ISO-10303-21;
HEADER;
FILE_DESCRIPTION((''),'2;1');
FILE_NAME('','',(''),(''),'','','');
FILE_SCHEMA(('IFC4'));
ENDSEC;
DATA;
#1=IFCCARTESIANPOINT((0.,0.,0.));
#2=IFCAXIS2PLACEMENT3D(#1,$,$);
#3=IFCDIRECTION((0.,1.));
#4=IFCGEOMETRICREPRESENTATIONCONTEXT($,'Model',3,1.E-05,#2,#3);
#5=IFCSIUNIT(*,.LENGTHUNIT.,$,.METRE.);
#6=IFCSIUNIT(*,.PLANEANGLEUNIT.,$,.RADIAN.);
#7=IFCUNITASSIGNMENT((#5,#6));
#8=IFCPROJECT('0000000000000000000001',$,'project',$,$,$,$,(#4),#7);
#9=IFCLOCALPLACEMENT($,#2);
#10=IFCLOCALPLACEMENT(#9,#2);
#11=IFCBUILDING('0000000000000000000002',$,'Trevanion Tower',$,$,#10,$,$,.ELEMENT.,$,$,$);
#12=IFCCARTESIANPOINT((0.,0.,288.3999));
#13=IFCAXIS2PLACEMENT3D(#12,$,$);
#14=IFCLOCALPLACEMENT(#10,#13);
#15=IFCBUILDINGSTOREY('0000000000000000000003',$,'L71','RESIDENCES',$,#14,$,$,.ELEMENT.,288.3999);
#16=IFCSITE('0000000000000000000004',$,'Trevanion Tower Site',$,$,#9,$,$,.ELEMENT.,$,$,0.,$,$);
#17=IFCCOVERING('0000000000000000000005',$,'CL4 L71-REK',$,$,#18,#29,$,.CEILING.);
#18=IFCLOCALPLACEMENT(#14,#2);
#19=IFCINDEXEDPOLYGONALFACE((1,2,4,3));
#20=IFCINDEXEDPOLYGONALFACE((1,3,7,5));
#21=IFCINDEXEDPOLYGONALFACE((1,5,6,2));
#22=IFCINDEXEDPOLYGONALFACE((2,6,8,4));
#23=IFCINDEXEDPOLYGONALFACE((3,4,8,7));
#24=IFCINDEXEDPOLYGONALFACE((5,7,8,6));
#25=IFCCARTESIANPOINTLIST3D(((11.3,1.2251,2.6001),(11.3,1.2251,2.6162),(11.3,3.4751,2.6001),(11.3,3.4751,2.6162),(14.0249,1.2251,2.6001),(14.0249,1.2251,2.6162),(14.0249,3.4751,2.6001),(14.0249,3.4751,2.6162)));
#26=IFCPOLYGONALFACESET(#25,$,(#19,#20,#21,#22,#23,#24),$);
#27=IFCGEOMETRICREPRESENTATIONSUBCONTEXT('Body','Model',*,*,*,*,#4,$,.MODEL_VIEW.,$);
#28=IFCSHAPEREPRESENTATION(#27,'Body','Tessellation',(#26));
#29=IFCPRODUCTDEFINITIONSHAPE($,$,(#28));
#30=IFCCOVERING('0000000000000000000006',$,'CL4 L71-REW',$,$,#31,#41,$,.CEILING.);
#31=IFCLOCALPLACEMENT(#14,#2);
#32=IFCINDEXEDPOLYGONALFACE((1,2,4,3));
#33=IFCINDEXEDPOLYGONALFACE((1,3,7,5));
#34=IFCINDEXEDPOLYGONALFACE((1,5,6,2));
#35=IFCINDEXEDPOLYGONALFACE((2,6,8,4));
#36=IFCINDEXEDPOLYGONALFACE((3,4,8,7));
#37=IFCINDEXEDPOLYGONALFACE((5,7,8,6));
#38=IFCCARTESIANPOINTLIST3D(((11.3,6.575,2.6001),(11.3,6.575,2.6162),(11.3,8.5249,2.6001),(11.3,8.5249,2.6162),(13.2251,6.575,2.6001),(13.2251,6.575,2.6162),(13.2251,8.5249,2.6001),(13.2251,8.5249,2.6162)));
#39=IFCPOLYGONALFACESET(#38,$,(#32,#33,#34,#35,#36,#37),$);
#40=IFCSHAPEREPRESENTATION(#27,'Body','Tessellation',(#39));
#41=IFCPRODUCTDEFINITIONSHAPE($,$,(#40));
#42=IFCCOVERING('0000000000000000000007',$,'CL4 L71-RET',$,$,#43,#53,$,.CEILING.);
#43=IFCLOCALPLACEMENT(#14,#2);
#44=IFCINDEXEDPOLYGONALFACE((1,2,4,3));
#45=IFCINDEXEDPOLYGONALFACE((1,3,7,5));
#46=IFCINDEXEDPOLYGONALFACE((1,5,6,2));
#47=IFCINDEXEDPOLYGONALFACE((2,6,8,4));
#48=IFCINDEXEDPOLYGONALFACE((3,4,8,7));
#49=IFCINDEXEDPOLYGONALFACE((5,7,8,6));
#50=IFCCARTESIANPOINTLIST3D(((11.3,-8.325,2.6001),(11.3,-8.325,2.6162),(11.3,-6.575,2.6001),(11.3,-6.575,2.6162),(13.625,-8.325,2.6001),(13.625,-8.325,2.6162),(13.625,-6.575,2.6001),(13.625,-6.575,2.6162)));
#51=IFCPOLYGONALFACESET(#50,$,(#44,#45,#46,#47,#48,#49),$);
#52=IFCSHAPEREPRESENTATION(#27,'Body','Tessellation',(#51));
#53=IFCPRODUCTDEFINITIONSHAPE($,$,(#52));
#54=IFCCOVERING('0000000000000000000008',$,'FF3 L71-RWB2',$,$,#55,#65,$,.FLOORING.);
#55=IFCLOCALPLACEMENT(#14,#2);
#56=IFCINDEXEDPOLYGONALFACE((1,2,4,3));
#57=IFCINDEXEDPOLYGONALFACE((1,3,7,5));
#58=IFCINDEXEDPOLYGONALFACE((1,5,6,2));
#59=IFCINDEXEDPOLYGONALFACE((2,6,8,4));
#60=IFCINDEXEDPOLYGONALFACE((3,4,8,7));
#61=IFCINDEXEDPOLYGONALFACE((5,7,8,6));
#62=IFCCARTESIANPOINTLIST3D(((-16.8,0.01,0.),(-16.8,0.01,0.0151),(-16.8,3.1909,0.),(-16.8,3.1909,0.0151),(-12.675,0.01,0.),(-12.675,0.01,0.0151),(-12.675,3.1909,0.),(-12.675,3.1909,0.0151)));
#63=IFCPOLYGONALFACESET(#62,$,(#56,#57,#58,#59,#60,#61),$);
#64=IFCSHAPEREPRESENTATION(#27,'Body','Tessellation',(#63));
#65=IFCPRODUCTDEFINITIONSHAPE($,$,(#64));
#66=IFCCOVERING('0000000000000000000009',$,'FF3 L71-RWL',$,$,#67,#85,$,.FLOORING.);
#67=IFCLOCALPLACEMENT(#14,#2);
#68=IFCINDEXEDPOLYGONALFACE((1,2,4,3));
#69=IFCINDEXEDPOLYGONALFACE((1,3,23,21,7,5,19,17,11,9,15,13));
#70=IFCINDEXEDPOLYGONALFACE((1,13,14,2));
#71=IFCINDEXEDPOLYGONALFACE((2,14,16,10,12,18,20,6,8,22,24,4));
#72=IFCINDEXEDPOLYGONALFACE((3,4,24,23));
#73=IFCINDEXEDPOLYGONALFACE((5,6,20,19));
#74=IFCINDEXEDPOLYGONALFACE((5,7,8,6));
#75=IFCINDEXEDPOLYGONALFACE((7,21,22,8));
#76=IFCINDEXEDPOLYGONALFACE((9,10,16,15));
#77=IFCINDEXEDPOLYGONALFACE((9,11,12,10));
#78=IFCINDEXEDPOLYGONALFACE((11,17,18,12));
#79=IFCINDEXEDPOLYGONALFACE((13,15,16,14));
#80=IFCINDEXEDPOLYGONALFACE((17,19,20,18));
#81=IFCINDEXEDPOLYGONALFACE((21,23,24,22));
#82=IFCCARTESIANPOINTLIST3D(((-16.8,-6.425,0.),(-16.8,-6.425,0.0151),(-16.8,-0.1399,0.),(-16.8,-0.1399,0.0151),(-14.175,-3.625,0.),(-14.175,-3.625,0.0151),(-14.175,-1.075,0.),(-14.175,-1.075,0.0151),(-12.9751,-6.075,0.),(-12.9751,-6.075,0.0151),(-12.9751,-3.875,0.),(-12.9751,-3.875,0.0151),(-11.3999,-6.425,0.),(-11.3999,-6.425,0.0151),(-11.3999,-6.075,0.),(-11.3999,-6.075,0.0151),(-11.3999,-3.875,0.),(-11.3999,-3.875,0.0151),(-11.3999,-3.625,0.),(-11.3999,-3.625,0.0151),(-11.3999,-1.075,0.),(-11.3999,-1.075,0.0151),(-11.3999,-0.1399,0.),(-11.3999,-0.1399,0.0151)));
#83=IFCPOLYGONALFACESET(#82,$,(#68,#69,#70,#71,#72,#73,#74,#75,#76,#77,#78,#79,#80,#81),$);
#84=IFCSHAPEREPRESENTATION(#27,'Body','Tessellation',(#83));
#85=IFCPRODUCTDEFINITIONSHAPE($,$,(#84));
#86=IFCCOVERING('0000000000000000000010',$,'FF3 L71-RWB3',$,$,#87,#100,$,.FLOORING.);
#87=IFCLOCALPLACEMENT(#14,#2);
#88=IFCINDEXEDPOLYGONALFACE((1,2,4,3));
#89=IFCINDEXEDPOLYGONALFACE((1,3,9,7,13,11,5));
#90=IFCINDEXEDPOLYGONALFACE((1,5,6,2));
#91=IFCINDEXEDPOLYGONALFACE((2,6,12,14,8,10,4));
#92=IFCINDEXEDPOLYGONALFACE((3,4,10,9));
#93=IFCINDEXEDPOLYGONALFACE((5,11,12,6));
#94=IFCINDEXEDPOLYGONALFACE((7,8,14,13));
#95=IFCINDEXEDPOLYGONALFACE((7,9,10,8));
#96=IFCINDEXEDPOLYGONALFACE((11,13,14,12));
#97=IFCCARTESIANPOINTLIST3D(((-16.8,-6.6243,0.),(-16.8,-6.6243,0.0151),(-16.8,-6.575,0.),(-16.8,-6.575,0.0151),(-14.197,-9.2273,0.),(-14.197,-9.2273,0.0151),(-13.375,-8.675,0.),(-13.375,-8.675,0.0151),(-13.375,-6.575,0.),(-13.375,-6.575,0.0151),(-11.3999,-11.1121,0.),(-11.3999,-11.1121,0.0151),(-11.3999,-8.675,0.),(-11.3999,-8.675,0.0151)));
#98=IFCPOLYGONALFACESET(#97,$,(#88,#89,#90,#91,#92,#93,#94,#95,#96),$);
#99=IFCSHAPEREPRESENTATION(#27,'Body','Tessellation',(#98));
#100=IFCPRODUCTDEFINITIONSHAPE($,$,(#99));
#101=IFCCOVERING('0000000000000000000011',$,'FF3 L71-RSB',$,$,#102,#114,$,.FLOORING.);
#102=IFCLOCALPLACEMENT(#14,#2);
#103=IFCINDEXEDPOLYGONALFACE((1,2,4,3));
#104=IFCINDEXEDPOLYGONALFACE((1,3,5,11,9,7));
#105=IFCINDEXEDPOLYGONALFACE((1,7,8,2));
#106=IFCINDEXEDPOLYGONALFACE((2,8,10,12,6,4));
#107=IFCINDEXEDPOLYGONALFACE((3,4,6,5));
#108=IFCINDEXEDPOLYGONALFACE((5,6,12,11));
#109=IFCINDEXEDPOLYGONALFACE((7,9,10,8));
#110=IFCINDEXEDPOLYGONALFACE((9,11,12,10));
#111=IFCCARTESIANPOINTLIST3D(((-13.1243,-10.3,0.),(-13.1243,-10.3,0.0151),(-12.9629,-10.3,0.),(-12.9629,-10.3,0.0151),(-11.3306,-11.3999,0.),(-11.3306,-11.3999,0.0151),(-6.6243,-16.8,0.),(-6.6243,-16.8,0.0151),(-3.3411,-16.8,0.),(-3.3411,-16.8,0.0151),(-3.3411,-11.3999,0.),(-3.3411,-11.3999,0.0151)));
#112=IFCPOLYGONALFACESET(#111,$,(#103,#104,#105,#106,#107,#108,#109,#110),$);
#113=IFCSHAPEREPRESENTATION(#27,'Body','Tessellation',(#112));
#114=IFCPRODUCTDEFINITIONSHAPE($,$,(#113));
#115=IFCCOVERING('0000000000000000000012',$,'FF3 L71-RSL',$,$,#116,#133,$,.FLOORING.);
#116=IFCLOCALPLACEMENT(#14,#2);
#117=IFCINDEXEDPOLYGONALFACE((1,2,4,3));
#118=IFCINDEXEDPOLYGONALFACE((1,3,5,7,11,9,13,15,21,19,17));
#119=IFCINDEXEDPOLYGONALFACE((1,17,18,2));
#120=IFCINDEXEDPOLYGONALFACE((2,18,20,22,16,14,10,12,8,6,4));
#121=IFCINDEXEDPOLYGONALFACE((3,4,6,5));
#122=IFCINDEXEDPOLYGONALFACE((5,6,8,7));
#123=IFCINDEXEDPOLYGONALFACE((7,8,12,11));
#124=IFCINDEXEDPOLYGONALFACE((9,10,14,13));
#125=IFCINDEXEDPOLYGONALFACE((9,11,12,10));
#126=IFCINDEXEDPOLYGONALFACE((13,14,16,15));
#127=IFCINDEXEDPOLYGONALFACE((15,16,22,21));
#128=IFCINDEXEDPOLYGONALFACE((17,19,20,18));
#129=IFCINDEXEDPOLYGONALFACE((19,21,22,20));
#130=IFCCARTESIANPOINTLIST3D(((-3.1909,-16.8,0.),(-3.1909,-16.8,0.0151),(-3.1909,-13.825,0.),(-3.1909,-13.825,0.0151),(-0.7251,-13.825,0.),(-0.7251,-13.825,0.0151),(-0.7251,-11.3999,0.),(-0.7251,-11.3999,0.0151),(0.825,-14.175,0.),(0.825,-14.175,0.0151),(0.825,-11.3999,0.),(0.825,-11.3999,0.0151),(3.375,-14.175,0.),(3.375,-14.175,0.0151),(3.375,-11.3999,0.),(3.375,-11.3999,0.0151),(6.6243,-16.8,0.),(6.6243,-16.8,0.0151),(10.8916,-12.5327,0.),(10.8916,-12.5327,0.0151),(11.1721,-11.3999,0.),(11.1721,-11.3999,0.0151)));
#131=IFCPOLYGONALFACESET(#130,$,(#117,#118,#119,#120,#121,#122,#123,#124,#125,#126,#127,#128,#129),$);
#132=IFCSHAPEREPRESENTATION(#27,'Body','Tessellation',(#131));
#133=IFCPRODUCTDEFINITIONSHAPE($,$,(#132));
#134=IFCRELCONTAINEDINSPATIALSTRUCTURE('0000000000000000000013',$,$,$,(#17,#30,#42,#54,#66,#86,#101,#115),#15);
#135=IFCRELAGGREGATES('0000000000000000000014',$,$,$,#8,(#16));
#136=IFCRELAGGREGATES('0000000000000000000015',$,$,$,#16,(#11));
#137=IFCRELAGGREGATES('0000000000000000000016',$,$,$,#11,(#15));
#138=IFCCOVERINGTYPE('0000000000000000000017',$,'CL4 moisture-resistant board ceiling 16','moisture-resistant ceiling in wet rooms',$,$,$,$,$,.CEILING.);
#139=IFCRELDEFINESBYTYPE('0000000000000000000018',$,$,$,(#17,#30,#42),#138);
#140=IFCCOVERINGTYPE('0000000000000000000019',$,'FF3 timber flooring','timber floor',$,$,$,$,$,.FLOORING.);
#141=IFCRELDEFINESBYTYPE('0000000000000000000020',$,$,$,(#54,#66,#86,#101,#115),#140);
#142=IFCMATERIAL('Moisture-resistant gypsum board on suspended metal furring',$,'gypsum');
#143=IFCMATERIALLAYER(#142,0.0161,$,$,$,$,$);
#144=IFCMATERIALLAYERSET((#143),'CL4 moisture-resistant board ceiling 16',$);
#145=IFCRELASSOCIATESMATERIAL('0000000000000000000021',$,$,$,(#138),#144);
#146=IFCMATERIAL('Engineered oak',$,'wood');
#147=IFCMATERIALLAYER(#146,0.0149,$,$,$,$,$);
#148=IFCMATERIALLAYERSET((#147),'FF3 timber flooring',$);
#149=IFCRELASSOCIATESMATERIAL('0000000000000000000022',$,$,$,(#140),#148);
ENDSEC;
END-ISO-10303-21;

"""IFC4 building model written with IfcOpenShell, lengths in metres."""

from ifc_helpers import new_model, si_unit, direction, frame, origin, place, context, subcontext, project, spatial, polyline, outline, extrude, material, layer, layer_set, type_object, element, save


model = new_model("IFC4")

# Units and contexts
model_context = context("Model", 3, precision=1e-05, world=origin(), true_north=direction((0.0, 1.0)))
body_context = subcontext(model_context, "Body", "Model", "MODEL_VIEW")
ifc_project = project(units=[si_unit("LENGTHUNIT", "METRE"), si_unit("PLANEANGLEUNIT", "RADIAN")], contexts=[model_context])

# Site, building, storey
site_placement = place(None, origin())
site = spatial("IfcSite", under=ifc_project, at=site_placement, Name="Trevanion Tower Site", CompositionType="ELEMENT", RefElevation=0.0)
building_placement = place(site_placement, origin())
building = spatial("IfcBuilding", under=site, at=building_placement, Name="Trevanion Tower", CompositionType="ELEMENT")
storey_placement = place(building_placement, frame((0.0, 0.0, 288.3999)))
storey = spatial("IfcBuildingStorey", under=building, at=storey_placement, Name="L71", Description="RESIDENCES", CompositionType="ELEMENT", Elevation=288.3999)

# Coverings
ifc_material_1 = material(Name="Moisture-resistant gypsum board on suspended metal furring", Category="gypsum")
ifc_layer_1 = layer(ifc_material_1, 0.0161)
ifc_layer_set_1 = layer_set([ifc_layer_1], Name="CL4 moisture-resistant board ceiling 16")
covering_type_1 = type_object("IfcCoveringType", Name="CL4 moisture-resistant board ceiling 16", Description="moisture-resistant ceiling in wet rooms", PredefinedType="CEILING", material=ifc_layer_set_1)
covering_1_placement = place(storey_placement, frame((0.0, 0.0, 2.6001)))
element("IfcCovering", 1, at=covering_1_placement, inside=storey, type_object=covering_type_1, Name="CL4 L71-REK", PredefinedType="CEILING", context=body_context, shape_type="SweptSolid", body=[
    extrude(outline(polyline([(14.0249, 1.2251), (14.0249, 3.4751), (11.3, 3.4751), (11.3, 1.2251), (14.0249, 1.2251)])), origin(), (0.0, 0.0, 1.0), 0.0161),
])
covering_2_placement = place(storey_placement, frame((0.0, 0.0, 2.6001)))
element("IfcCovering", 2, at=covering_2_placement, inside=storey, type_object=covering_type_1, Name="CL4 L71-REW", PredefinedType="CEILING", context=body_context, shape_type="SweptSolid", body=[
    extrude(outline(polyline([(13.2251, 6.575), (13.2251, 8.5249), (11.3, 8.5249), (11.3, 6.575), (13.2251, 6.575)])), origin(), (0.0, 0.0, 1.0), 0.0161),
])
covering_3_placement = place(storey_placement, frame((0.0, 0.0, 2.6001)))
element("IfcCovering", 3, at=covering_3_placement, inside=storey, type_object=covering_type_1, Name="CL4 L71-RET", PredefinedType="CEILING", context=body_context, shape_type="SweptSolid", body=[
    extrude(outline(polyline([(13.625, -8.325), (13.625, -6.575), (11.3, -6.575), (11.3, -8.325), (13.625, -8.325)])), origin(), (0.0, 0.0, 1.0), 0.0161),
])
ifc_material_2 = material(Name="Engineered oak", Category="wood")
ifc_layer_2 = layer(ifc_material_2, 0.0149)
ifc_layer_set_2 = layer_set([ifc_layer_2], Name="FF3 timber flooring")
covering_type_2 = type_object("IfcCoveringType", Name="FF3 timber flooring", Description="timber floor", PredefinedType="FLOORING", material=ifc_layer_set_2)
covering_4_placement = place(storey_placement, origin())
element("IfcCovering", 4, at=covering_4_placement, inside=storey, type_object=covering_type_2, Name="FF3 L71-RWB2", PredefinedType="FLOORING", context=body_context, shape_type="SweptSolid", body=[
    extrude(outline(polyline([(-12.675, 3.1909), (-12.675, 0.01), (-16.8, 0.01), (-16.8, 3.1909), (-12.675, 3.1909)])), origin(), (0.0, 0.0, 1.0), 0.0151),
])
covering_5_placement = place(storey_placement, origin())
element("IfcCovering", 5, at=covering_5_placement, inside=storey, type_object=covering_type_2, Name="FF3 L71-RWL", PredefinedType="FLOORING", context=body_context, shape_type="SweptSolid", body=[
    extrude(outline(polyline([(-11.3999, -0.1399), (-11.3999, -1.075), (-14.175, -1.075), (-14.175, -3.625), (-11.3999, -3.625), (-11.3999, -3.875), (-12.9751, -3.875), (-12.9751, -6.075), (-11.3999, -6.075), (-11.3999, -6.425), (-16.8, -6.425), (-16.8, -0.1399), (-11.3999, -0.1399)])), origin(), (0.0, 0.0, 1.0), 0.0151),
])
covering_6_placement = place(storey_placement, origin())
element("IfcCovering", 6, at=covering_6_placement, inside=storey, type_object=covering_type_2, Name="FF3 L71-RWB3", PredefinedType="FLOORING", context=body_context, shape_type="SweptSolid", body=[
    extrude(outline(polyline([(-13.375, -6.575), (-13.375, -8.675), (-11.3999, -8.675), (-11.3999, -11.1121), (-14.197, -9.2273), (-16.8, -6.6243), (-16.8, -6.575), (-13.375, -6.575)])), origin(), (0.0, 0.0, 1.0), 0.0151),
])
covering_7_placement = place(storey_placement, origin())
element("IfcCovering", 7, at=covering_7_placement, inside=storey, type_object=covering_type_2, Name="FF3 L71-RSB", PredefinedType="FLOORING", context=body_context, shape_type="SweptSolid", body=[
    extrude(outline(polyline([(-12.9629, -10.3), (-11.3306, -11.3999), (-3.3411, -11.3999), (-3.3411, -16.8), (-6.6243, -16.8), (-13.1243, -10.3), (-12.9629, -10.3)])), origin(), (0.0, 0.0, 1.0), 0.0151),
])
covering_8_placement = place(storey_placement, origin())
element("IfcCovering", 8, at=covering_8_placement, inside=storey, type_object=covering_type_2, Name="FF3 L71-RSL", PredefinedType="FLOORING", context=body_context, shape_type="SweptSolid", body=[
    extrude(outline(polyline([(10.8916, -12.5327), (6.6243, -16.8), (-3.1909, -16.8), (-3.1909, -13.825), (-0.7251, -13.825), (-0.7251, -11.3999), (0.825, -11.3999), (0.825, -14.175), (3.375, -14.175), (3.375, -11.3999), (11.1721, -11.3999), (10.8916, -12.5327)])), origin(), (0.0, 0.0, 1.0), 0.0151),
])

save(model, "model.ifc")
